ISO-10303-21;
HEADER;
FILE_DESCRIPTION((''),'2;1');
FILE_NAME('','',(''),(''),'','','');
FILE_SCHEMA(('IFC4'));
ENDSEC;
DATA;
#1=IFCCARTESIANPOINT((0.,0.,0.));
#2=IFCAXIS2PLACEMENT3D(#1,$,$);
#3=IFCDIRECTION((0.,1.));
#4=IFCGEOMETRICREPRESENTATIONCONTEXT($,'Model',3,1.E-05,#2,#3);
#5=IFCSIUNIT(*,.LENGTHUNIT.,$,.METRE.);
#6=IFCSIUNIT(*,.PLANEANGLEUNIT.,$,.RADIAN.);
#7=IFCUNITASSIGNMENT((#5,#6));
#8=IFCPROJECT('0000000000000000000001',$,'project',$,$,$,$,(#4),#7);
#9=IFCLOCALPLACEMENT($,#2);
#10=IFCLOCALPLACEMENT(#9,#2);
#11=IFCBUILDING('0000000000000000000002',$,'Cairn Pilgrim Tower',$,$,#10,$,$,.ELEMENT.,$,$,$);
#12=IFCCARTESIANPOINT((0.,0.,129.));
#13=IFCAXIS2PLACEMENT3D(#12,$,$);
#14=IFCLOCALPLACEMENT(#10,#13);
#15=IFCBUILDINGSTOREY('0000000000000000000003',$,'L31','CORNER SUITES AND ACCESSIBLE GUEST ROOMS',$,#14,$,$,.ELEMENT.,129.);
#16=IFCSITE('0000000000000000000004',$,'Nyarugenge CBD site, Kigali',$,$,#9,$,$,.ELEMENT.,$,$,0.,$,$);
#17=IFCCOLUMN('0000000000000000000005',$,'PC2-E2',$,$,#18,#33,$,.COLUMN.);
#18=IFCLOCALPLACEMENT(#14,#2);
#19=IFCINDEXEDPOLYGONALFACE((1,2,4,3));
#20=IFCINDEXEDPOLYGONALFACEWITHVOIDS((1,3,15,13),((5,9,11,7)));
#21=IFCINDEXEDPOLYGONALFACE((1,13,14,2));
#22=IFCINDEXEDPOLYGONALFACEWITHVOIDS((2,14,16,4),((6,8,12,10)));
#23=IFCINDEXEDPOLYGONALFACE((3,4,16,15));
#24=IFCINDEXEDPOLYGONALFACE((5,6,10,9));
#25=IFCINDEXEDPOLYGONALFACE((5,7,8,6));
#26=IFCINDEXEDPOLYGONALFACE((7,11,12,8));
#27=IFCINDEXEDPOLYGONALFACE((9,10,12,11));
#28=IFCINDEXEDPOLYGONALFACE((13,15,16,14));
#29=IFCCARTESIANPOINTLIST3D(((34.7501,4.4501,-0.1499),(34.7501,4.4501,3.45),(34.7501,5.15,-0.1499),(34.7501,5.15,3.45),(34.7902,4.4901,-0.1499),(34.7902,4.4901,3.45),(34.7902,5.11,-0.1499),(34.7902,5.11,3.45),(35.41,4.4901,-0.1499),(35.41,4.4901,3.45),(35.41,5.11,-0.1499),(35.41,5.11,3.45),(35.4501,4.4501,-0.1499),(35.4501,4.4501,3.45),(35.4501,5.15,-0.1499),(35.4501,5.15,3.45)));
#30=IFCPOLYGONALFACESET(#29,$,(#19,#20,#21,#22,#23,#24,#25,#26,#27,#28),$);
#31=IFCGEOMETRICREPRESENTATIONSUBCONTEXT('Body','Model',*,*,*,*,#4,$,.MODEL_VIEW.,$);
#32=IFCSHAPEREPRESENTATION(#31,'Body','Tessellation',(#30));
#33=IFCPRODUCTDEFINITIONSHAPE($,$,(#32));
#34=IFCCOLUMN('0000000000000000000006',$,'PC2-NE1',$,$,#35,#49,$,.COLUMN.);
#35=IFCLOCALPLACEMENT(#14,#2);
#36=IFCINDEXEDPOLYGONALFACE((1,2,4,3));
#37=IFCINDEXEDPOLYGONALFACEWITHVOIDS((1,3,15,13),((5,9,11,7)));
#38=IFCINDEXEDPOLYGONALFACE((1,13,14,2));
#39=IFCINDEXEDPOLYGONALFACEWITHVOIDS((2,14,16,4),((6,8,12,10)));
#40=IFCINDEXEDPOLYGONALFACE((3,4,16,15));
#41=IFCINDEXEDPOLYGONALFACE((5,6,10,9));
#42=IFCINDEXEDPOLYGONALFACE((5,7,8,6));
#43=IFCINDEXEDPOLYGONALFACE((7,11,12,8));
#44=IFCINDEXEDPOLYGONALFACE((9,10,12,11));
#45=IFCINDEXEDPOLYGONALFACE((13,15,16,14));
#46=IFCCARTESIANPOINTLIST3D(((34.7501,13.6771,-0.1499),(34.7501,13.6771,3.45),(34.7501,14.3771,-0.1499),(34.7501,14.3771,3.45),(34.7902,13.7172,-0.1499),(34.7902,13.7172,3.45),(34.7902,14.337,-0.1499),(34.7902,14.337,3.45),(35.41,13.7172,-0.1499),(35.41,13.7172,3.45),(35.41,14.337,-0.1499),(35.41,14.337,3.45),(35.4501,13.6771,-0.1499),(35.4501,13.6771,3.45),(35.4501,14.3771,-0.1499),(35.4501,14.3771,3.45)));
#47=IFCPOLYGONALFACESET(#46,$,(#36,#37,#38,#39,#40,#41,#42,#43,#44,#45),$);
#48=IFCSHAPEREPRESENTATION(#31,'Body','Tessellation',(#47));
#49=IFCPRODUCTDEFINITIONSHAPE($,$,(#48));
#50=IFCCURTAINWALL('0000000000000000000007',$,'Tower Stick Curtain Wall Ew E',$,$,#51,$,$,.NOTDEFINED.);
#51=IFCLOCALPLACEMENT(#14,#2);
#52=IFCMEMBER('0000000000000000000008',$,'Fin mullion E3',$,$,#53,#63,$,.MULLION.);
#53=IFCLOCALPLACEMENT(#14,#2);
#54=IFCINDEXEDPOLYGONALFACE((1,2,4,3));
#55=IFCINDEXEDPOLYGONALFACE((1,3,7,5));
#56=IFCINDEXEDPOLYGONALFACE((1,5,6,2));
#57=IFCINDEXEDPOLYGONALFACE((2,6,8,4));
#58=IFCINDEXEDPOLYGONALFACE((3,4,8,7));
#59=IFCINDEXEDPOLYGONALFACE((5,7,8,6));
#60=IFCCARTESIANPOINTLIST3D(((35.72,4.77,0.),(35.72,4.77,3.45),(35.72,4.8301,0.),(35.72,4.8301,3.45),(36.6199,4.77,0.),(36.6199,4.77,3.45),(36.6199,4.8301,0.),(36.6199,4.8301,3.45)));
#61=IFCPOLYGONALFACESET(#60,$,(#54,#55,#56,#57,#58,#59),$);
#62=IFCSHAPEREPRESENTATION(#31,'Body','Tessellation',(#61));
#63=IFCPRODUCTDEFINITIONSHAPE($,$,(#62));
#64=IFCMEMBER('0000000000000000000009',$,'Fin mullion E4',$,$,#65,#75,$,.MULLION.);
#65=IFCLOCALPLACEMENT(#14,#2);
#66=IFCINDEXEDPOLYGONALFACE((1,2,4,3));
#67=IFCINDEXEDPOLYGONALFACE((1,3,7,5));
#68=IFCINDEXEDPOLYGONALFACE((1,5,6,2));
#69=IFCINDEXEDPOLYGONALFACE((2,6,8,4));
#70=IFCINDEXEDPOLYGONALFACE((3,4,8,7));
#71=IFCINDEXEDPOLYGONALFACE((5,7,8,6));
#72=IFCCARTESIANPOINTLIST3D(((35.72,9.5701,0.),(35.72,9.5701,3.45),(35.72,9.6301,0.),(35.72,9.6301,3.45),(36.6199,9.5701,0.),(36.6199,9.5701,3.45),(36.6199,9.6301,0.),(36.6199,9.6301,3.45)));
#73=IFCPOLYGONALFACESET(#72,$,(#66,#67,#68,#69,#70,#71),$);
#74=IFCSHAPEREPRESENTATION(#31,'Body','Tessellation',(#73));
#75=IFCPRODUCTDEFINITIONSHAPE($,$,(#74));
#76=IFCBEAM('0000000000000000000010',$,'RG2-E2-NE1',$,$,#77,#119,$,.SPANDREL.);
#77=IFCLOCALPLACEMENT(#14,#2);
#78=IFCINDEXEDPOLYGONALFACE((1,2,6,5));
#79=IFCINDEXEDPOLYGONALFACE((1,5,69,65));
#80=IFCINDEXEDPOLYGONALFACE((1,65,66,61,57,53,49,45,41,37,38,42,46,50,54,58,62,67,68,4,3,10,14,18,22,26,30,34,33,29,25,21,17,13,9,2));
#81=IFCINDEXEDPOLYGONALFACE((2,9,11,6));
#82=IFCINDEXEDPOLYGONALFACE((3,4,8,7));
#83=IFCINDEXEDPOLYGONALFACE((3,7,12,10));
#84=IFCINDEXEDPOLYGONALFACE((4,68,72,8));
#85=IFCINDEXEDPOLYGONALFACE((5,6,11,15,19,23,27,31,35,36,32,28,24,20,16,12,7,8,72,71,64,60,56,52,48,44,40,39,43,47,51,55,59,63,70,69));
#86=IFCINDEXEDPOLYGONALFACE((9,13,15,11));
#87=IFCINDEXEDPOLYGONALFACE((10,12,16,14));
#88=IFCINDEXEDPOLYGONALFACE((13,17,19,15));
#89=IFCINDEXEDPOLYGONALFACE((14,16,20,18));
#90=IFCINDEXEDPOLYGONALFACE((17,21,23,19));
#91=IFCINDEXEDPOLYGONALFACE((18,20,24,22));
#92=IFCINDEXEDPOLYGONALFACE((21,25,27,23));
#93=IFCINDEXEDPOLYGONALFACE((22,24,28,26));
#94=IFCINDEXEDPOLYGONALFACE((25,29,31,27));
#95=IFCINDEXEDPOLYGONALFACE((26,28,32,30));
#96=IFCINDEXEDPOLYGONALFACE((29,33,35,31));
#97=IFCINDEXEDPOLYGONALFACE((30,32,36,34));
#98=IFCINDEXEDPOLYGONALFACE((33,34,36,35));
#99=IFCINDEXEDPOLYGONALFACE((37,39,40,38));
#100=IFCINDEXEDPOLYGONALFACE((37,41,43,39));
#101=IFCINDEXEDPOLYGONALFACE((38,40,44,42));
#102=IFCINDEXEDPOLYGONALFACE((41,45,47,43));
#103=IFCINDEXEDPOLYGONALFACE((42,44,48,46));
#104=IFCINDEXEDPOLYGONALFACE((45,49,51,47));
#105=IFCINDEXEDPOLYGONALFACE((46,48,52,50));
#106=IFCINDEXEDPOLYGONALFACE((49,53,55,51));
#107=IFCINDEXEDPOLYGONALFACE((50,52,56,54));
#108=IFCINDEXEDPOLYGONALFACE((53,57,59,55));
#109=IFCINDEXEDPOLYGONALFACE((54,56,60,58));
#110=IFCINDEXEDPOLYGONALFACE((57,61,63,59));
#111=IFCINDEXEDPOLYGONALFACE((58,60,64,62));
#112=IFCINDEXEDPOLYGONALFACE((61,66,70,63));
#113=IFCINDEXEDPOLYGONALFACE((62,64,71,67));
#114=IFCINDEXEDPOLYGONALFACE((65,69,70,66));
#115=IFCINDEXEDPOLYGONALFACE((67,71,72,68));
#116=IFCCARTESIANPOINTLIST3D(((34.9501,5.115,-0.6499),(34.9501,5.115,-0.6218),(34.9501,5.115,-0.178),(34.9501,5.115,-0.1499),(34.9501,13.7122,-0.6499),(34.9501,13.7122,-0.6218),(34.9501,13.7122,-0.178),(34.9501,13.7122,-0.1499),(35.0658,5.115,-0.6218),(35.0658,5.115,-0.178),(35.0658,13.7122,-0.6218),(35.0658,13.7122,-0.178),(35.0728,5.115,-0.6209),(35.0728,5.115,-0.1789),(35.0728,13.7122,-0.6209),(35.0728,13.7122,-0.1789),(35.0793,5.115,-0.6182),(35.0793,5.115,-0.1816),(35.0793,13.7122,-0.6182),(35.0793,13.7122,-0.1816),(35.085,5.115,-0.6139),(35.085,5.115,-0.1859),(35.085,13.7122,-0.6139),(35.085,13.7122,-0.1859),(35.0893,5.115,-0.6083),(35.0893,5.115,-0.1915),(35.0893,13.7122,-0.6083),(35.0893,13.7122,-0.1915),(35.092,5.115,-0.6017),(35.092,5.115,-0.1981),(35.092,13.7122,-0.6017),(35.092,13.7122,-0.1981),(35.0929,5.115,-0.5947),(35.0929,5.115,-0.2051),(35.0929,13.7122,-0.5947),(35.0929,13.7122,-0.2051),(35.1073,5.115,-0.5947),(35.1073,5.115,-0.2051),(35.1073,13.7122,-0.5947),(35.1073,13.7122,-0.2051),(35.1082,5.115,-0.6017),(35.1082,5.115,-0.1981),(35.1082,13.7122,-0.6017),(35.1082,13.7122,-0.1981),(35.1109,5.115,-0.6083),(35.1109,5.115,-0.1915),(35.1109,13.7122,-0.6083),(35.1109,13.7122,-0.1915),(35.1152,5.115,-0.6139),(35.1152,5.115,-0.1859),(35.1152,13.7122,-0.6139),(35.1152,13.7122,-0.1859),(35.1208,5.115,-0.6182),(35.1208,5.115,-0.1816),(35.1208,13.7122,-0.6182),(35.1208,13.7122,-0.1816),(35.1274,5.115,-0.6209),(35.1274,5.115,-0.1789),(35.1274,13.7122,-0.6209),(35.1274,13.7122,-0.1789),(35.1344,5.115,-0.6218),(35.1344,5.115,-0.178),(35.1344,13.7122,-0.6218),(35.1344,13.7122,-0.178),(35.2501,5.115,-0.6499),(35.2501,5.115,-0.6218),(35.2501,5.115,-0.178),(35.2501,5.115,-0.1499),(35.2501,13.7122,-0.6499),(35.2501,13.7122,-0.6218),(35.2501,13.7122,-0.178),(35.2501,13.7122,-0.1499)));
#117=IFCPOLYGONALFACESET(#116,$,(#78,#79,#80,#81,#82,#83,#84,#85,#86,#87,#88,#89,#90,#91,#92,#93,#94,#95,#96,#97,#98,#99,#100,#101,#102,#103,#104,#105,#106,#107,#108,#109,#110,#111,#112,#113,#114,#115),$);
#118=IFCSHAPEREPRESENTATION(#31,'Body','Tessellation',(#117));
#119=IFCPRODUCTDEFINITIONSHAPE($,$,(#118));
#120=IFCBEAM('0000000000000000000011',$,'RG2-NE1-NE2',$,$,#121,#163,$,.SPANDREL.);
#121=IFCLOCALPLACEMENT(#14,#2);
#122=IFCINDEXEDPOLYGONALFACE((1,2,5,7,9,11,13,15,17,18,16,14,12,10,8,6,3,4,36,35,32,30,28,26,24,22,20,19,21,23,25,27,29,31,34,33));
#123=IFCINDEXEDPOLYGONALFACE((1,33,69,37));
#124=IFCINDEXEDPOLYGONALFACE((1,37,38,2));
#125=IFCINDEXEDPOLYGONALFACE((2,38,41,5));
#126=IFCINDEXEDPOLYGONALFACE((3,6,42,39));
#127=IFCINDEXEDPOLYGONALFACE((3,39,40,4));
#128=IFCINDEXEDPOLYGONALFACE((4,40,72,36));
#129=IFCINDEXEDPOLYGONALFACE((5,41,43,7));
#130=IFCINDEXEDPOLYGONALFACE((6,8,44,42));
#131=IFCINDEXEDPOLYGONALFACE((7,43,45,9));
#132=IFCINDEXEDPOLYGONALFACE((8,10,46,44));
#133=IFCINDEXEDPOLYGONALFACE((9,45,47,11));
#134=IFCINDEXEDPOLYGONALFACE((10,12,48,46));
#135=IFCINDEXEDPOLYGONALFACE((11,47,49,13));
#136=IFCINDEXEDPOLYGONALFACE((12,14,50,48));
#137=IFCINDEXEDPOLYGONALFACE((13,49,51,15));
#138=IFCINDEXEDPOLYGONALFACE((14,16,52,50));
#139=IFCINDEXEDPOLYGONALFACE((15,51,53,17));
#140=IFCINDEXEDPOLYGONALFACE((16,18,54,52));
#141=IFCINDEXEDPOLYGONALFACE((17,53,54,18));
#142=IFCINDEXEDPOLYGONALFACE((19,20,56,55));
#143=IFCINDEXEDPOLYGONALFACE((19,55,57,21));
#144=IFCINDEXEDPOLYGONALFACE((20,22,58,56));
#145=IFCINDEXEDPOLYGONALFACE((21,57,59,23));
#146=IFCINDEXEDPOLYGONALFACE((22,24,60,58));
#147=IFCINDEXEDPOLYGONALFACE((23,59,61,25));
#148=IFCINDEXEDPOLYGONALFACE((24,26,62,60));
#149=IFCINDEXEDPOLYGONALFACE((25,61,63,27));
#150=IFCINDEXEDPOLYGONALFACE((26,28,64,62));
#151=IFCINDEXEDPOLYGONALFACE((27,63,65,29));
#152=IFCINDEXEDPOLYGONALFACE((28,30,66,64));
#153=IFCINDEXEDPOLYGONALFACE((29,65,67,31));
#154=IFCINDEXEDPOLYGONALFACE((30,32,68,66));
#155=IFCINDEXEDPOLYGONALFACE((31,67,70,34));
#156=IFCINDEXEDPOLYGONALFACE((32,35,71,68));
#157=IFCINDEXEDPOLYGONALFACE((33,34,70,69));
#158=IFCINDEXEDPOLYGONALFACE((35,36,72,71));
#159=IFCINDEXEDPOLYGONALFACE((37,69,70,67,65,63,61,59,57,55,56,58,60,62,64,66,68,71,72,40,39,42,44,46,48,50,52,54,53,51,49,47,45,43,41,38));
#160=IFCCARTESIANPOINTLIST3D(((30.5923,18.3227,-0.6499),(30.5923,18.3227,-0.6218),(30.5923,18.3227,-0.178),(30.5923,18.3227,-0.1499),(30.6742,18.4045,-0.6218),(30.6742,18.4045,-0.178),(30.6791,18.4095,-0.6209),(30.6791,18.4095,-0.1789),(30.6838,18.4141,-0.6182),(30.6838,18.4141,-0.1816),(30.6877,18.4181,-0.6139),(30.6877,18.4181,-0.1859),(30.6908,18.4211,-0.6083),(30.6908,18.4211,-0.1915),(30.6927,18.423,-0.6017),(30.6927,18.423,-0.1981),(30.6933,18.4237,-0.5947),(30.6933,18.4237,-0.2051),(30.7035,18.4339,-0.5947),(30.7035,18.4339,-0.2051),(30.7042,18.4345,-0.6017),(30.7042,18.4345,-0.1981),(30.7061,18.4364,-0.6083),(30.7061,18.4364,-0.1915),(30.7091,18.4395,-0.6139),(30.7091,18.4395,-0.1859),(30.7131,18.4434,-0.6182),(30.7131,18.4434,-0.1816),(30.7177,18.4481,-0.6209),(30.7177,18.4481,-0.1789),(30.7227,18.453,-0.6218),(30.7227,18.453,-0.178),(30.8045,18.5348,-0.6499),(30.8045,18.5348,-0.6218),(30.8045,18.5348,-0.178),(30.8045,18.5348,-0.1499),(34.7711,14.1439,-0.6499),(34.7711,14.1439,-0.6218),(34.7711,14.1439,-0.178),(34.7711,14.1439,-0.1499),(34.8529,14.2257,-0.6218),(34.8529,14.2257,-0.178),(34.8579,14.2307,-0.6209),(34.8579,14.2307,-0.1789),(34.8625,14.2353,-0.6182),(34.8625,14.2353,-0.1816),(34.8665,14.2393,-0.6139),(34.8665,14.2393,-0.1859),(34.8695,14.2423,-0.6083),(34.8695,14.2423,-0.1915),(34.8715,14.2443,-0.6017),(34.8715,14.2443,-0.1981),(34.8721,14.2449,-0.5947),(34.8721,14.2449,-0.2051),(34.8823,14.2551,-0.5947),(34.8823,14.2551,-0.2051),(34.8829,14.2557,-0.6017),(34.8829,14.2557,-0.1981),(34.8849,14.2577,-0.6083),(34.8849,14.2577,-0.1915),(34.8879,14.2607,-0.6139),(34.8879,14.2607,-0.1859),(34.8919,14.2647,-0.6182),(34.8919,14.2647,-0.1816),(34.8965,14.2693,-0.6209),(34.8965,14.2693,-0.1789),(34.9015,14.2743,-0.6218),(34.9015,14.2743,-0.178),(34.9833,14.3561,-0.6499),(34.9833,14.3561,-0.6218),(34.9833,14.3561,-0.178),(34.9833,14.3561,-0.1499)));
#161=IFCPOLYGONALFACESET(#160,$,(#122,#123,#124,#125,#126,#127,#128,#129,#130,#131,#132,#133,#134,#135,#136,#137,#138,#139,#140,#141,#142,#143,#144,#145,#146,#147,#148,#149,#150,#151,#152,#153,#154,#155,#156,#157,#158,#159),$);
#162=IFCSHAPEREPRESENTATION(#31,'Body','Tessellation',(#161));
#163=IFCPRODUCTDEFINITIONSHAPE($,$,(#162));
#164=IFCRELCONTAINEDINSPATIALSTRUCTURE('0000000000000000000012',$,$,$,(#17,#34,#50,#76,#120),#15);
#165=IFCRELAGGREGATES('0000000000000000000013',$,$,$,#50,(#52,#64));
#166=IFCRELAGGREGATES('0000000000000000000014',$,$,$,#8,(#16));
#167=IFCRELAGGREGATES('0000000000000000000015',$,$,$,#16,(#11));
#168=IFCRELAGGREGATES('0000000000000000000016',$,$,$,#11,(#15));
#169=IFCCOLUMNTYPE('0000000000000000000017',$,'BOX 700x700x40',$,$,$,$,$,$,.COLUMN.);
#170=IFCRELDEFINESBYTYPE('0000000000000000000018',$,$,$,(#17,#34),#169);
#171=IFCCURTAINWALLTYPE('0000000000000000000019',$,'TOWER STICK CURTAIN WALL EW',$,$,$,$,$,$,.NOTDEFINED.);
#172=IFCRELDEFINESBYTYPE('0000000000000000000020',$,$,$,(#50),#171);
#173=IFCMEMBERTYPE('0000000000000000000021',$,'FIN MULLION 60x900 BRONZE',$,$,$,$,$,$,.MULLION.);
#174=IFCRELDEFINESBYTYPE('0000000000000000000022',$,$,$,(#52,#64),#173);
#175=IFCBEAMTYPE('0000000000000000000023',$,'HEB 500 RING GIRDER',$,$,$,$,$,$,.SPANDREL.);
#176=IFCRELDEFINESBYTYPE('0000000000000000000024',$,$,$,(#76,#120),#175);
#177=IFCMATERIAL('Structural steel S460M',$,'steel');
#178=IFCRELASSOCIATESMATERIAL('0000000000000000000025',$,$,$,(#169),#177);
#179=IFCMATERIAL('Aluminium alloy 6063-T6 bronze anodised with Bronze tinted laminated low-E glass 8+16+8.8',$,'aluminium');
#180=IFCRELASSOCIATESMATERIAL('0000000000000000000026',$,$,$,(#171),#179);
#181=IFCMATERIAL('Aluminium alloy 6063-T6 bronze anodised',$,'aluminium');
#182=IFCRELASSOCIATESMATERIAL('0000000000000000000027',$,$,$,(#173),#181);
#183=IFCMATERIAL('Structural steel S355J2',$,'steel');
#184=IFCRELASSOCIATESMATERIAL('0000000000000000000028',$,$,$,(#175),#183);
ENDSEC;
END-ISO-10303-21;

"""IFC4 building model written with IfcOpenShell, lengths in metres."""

from ifc_helpers import new_model, si_unit, direction, frame, origin, origin_2d, place, context, subcontext, project, spatial, rectangle, hollow_rectangle, i_section, extrude, material, material_profile, profile_set, type_object, element, aggregate, save


model = new_model("IFC4")

# Units and contexts
model_context = context("Model", 3, precision=1e-05, world=origin(), true_north=direction((0.0, 1.0)))
body_context = subcontext(model_context, "Body", "Model", "MODEL_VIEW")
ifc_project = project(units=[si_unit("LENGTHUNIT", "METRE"), si_unit("PLANEANGLEUNIT", "RADIAN")], contexts=[model_context])

# Site, building, storey
site_placement = place(None, origin())
site = spatial("IfcSite", under=ifc_project, at=site_placement, Name="Nyarugenge CBD site, Kigali", CompositionType="ELEMENT", RefElevation=0.0)
building_placement = place(site_placement, origin())
building = spatial("IfcBuilding", under=site, at=building_placement, Name="Cairn Pilgrim Tower", CompositionType="ELEMENT")
storey_placement = place(building_placement, frame((0.0, 0.0, 129.0)))
storey = spatial("IfcBuildingStorey", under=building, at=storey_placement, Name="L31", Description="CORNER SUITES AND ACCESSIBLE GUEST ROOMS", CompositionType="ELEMENT", Elevation=129.0)

# Columns
ifc_material_1 = material(Name="Structural steel S460M", Category="steel")
ifc_material_profile_1 = material_profile(ifc_material_1, hollow_rectangle(XDim=0.7, YDim=0.7, WallThickness=0.04, at=origin_2d()), Name="BOX 700x700x40")
ifc_profile_set_1 = profile_set([ifc_material_profile_1], Name="Structural steel S460M")
column_type = type_object("IfcColumnType", Name="BOX 700x700x40", PredefinedType="COLUMN", material=ifc_profile_set_1)
for number, where, z_axis, x_axis, name in (
    (1, (35.1001, 4.8, -0.1499), (0.0, 0.0, 1.0), (1.0, 0.0, 0.0), "PC2-E2"),
    (2, (35.1001, 14.0271, -0.1499), (0.0, 0.0, 1.0), (1.0, 0.0, 0.0), "PC2-NE1"),
):
    element("IfcColumn", number, at=place(storey_placement, frame(where, z_axis=z_axis, x_axis=x_axis)), inside=storey, type_object=column_type, Name=name, PredefinedType="COLUMN", context=body_context, shape_type="SweptSolid", body=[
        extrude(hollow_rectangle(XDim=0.7, YDim=0.7, WallThickness=0.04, at=origin_2d()), origin(), (0.0, 0.0, 1.0), 3.5999),
    ])

# Curtain wall, members
ifc_material_2 = material(Name="Aluminium alloy 6063-T6 bronze anodised with Bronze tinted laminated low-E glass 8+16+8.8", Category="aluminium")
curtain_wall_type = type_object("IfcCurtainWallType", Name="TOWER STICK CURTAIN WALL EW", PredefinedType="NOTDEFINED", material=ifc_material_2)
curtain_wall_placement = place(storey_placement, origin())
curtain_wall = element("IfcCurtainWall", 3, at=curtain_wall_placement, inside=storey, type_object=curtain_wall_type, Name="Tower Stick Curtain Wall Ew E", PredefinedType="NOTDEFINED")
ifc_material_3 = material(Name="Aluminium alloy 6063-T6 bronze anodised", Category="aluminium")
ifc_material_profile_2 = material_profile(ifc_material_3, rectangle(XDim=0.8999, YDim=0.0601, at=origin_2d()), Name="FIN MULLION 60x900 BRONZE")
ifc_profile_set_2 = profile_set([ifc_material_profile_2], Name="Aluminium alloy 6063-T6 bronze anodised")
member_type = type_object("IfcMemberType", Name="FIN MULLION 60x900 BRONZE", PredefinedType="MULLION", material=ifc_profile_set_2)
member_1_placement = place(storey_placement, frame((36.1699, 4.8, 0.0), z_axis=(0.0, 0.0, 1.0), x_axis=(1.0, 0.0, 0.0)))
member_1 = element("IfcMember", 4, at=member_1_placement, type_object=member_type, Name="Fin mullion E3", PredefinedType="MULLION", context=body_context, shape_type="SweptSolid", body=[
    extrude(rectangle(XDim=0.8999, YDim=0.0601, at=origin_2d()), origin(), (0.0, 0.0, 1.0), 3.45),
])
member_2_placement = place(storey_placement, frame((36.1699, 9.6001, 0.0), z_axis=(0.0, 0.0, 1.0), x_axis=(1.0, 0.0, 0.0)))
member_2 = element("IfcMember", 5, at=member_2_placement, type_object=member_type, Name="Fin mullion E4", PredefinedType="MULLION", context=body_context, shape_type="SweptSolid", body=[
    extrude(rectangle(XDim=0.8999, YDim=0.0601, at=origin_2d()), origin(), (0.0, 0.0, 1.0), 3.45),
])
aggregate(curtain_wall, [member_1, member_2])

# Beams
ifc_material_4 = material(Name="Structural steel S355J2", Category="steel")
ifc_material_profile_3 = material_profile(ifc_material_4, i_section(OverallWidth=0.3, OverallDepth=0.5, WebThickness=0.0144, FlangeThickness=0.0281, FilletRadius=0.0271, at=origin_2d()), Name="HEB 500")
ifc_profile_set_3 = profile_set([ifc_material_profile_3], Name="Structural steel S355J2")
beam_type_1 = type_object("IfcBeamType", Name="HEB 500 RING GIRDER", PredefinedType="SPANDREL", material=ifc_profile_set_3)
beam_1_placement = place(storey_placement, frame((35.1001, 5.115, -0.3999), z_axis=(0.0, 1.0, 0.0), x_axis=(-1.0, 0.0, 0.0)))
element("IfcBeam", 6, at=beam_1_placement, inside=storey, type_object=beam_type_1, Name="RG2-E2-NE1", PredefinedType="SPANDREL", context=body_context, shape_type="SweptSolid", body=[
    extrude(i_section(OverallWidth=0.3, OverallDepth=0.5, WebThickness=0.0144, FlangeThickness=0.0281, FilletRadius=0.0271, at=origin_2d()), origin(), (0.0, 0.0, 1.0), 8.5972),
])
beam_2_placement = place(storey_placement, frame((34.8772, 14.25, -0.3999), z_axis=(-0.707107, 0.707107, 0.0), x_axis=(-0.707107, -0.707107, 0.0)))
element("IfcBeam", 7, at=beam_2_placement, inside=storey, type_object=beam_type_1, Name="RG2-NE1-NE2", PredefinedType="SPANDREL", context=body_context, shape_type="SweptSolid", body=[
    extrude(i_section(OverallWidth=0.3, OverallDepth=0.5, WebThickness=0.0144, FlangeThickness=0.0281, FilletRadius=0.0271, at=origin_2d()), origin(), (0.0, 0.0, 1.0), 5.9097),
])

save(model, "model.ifc")
